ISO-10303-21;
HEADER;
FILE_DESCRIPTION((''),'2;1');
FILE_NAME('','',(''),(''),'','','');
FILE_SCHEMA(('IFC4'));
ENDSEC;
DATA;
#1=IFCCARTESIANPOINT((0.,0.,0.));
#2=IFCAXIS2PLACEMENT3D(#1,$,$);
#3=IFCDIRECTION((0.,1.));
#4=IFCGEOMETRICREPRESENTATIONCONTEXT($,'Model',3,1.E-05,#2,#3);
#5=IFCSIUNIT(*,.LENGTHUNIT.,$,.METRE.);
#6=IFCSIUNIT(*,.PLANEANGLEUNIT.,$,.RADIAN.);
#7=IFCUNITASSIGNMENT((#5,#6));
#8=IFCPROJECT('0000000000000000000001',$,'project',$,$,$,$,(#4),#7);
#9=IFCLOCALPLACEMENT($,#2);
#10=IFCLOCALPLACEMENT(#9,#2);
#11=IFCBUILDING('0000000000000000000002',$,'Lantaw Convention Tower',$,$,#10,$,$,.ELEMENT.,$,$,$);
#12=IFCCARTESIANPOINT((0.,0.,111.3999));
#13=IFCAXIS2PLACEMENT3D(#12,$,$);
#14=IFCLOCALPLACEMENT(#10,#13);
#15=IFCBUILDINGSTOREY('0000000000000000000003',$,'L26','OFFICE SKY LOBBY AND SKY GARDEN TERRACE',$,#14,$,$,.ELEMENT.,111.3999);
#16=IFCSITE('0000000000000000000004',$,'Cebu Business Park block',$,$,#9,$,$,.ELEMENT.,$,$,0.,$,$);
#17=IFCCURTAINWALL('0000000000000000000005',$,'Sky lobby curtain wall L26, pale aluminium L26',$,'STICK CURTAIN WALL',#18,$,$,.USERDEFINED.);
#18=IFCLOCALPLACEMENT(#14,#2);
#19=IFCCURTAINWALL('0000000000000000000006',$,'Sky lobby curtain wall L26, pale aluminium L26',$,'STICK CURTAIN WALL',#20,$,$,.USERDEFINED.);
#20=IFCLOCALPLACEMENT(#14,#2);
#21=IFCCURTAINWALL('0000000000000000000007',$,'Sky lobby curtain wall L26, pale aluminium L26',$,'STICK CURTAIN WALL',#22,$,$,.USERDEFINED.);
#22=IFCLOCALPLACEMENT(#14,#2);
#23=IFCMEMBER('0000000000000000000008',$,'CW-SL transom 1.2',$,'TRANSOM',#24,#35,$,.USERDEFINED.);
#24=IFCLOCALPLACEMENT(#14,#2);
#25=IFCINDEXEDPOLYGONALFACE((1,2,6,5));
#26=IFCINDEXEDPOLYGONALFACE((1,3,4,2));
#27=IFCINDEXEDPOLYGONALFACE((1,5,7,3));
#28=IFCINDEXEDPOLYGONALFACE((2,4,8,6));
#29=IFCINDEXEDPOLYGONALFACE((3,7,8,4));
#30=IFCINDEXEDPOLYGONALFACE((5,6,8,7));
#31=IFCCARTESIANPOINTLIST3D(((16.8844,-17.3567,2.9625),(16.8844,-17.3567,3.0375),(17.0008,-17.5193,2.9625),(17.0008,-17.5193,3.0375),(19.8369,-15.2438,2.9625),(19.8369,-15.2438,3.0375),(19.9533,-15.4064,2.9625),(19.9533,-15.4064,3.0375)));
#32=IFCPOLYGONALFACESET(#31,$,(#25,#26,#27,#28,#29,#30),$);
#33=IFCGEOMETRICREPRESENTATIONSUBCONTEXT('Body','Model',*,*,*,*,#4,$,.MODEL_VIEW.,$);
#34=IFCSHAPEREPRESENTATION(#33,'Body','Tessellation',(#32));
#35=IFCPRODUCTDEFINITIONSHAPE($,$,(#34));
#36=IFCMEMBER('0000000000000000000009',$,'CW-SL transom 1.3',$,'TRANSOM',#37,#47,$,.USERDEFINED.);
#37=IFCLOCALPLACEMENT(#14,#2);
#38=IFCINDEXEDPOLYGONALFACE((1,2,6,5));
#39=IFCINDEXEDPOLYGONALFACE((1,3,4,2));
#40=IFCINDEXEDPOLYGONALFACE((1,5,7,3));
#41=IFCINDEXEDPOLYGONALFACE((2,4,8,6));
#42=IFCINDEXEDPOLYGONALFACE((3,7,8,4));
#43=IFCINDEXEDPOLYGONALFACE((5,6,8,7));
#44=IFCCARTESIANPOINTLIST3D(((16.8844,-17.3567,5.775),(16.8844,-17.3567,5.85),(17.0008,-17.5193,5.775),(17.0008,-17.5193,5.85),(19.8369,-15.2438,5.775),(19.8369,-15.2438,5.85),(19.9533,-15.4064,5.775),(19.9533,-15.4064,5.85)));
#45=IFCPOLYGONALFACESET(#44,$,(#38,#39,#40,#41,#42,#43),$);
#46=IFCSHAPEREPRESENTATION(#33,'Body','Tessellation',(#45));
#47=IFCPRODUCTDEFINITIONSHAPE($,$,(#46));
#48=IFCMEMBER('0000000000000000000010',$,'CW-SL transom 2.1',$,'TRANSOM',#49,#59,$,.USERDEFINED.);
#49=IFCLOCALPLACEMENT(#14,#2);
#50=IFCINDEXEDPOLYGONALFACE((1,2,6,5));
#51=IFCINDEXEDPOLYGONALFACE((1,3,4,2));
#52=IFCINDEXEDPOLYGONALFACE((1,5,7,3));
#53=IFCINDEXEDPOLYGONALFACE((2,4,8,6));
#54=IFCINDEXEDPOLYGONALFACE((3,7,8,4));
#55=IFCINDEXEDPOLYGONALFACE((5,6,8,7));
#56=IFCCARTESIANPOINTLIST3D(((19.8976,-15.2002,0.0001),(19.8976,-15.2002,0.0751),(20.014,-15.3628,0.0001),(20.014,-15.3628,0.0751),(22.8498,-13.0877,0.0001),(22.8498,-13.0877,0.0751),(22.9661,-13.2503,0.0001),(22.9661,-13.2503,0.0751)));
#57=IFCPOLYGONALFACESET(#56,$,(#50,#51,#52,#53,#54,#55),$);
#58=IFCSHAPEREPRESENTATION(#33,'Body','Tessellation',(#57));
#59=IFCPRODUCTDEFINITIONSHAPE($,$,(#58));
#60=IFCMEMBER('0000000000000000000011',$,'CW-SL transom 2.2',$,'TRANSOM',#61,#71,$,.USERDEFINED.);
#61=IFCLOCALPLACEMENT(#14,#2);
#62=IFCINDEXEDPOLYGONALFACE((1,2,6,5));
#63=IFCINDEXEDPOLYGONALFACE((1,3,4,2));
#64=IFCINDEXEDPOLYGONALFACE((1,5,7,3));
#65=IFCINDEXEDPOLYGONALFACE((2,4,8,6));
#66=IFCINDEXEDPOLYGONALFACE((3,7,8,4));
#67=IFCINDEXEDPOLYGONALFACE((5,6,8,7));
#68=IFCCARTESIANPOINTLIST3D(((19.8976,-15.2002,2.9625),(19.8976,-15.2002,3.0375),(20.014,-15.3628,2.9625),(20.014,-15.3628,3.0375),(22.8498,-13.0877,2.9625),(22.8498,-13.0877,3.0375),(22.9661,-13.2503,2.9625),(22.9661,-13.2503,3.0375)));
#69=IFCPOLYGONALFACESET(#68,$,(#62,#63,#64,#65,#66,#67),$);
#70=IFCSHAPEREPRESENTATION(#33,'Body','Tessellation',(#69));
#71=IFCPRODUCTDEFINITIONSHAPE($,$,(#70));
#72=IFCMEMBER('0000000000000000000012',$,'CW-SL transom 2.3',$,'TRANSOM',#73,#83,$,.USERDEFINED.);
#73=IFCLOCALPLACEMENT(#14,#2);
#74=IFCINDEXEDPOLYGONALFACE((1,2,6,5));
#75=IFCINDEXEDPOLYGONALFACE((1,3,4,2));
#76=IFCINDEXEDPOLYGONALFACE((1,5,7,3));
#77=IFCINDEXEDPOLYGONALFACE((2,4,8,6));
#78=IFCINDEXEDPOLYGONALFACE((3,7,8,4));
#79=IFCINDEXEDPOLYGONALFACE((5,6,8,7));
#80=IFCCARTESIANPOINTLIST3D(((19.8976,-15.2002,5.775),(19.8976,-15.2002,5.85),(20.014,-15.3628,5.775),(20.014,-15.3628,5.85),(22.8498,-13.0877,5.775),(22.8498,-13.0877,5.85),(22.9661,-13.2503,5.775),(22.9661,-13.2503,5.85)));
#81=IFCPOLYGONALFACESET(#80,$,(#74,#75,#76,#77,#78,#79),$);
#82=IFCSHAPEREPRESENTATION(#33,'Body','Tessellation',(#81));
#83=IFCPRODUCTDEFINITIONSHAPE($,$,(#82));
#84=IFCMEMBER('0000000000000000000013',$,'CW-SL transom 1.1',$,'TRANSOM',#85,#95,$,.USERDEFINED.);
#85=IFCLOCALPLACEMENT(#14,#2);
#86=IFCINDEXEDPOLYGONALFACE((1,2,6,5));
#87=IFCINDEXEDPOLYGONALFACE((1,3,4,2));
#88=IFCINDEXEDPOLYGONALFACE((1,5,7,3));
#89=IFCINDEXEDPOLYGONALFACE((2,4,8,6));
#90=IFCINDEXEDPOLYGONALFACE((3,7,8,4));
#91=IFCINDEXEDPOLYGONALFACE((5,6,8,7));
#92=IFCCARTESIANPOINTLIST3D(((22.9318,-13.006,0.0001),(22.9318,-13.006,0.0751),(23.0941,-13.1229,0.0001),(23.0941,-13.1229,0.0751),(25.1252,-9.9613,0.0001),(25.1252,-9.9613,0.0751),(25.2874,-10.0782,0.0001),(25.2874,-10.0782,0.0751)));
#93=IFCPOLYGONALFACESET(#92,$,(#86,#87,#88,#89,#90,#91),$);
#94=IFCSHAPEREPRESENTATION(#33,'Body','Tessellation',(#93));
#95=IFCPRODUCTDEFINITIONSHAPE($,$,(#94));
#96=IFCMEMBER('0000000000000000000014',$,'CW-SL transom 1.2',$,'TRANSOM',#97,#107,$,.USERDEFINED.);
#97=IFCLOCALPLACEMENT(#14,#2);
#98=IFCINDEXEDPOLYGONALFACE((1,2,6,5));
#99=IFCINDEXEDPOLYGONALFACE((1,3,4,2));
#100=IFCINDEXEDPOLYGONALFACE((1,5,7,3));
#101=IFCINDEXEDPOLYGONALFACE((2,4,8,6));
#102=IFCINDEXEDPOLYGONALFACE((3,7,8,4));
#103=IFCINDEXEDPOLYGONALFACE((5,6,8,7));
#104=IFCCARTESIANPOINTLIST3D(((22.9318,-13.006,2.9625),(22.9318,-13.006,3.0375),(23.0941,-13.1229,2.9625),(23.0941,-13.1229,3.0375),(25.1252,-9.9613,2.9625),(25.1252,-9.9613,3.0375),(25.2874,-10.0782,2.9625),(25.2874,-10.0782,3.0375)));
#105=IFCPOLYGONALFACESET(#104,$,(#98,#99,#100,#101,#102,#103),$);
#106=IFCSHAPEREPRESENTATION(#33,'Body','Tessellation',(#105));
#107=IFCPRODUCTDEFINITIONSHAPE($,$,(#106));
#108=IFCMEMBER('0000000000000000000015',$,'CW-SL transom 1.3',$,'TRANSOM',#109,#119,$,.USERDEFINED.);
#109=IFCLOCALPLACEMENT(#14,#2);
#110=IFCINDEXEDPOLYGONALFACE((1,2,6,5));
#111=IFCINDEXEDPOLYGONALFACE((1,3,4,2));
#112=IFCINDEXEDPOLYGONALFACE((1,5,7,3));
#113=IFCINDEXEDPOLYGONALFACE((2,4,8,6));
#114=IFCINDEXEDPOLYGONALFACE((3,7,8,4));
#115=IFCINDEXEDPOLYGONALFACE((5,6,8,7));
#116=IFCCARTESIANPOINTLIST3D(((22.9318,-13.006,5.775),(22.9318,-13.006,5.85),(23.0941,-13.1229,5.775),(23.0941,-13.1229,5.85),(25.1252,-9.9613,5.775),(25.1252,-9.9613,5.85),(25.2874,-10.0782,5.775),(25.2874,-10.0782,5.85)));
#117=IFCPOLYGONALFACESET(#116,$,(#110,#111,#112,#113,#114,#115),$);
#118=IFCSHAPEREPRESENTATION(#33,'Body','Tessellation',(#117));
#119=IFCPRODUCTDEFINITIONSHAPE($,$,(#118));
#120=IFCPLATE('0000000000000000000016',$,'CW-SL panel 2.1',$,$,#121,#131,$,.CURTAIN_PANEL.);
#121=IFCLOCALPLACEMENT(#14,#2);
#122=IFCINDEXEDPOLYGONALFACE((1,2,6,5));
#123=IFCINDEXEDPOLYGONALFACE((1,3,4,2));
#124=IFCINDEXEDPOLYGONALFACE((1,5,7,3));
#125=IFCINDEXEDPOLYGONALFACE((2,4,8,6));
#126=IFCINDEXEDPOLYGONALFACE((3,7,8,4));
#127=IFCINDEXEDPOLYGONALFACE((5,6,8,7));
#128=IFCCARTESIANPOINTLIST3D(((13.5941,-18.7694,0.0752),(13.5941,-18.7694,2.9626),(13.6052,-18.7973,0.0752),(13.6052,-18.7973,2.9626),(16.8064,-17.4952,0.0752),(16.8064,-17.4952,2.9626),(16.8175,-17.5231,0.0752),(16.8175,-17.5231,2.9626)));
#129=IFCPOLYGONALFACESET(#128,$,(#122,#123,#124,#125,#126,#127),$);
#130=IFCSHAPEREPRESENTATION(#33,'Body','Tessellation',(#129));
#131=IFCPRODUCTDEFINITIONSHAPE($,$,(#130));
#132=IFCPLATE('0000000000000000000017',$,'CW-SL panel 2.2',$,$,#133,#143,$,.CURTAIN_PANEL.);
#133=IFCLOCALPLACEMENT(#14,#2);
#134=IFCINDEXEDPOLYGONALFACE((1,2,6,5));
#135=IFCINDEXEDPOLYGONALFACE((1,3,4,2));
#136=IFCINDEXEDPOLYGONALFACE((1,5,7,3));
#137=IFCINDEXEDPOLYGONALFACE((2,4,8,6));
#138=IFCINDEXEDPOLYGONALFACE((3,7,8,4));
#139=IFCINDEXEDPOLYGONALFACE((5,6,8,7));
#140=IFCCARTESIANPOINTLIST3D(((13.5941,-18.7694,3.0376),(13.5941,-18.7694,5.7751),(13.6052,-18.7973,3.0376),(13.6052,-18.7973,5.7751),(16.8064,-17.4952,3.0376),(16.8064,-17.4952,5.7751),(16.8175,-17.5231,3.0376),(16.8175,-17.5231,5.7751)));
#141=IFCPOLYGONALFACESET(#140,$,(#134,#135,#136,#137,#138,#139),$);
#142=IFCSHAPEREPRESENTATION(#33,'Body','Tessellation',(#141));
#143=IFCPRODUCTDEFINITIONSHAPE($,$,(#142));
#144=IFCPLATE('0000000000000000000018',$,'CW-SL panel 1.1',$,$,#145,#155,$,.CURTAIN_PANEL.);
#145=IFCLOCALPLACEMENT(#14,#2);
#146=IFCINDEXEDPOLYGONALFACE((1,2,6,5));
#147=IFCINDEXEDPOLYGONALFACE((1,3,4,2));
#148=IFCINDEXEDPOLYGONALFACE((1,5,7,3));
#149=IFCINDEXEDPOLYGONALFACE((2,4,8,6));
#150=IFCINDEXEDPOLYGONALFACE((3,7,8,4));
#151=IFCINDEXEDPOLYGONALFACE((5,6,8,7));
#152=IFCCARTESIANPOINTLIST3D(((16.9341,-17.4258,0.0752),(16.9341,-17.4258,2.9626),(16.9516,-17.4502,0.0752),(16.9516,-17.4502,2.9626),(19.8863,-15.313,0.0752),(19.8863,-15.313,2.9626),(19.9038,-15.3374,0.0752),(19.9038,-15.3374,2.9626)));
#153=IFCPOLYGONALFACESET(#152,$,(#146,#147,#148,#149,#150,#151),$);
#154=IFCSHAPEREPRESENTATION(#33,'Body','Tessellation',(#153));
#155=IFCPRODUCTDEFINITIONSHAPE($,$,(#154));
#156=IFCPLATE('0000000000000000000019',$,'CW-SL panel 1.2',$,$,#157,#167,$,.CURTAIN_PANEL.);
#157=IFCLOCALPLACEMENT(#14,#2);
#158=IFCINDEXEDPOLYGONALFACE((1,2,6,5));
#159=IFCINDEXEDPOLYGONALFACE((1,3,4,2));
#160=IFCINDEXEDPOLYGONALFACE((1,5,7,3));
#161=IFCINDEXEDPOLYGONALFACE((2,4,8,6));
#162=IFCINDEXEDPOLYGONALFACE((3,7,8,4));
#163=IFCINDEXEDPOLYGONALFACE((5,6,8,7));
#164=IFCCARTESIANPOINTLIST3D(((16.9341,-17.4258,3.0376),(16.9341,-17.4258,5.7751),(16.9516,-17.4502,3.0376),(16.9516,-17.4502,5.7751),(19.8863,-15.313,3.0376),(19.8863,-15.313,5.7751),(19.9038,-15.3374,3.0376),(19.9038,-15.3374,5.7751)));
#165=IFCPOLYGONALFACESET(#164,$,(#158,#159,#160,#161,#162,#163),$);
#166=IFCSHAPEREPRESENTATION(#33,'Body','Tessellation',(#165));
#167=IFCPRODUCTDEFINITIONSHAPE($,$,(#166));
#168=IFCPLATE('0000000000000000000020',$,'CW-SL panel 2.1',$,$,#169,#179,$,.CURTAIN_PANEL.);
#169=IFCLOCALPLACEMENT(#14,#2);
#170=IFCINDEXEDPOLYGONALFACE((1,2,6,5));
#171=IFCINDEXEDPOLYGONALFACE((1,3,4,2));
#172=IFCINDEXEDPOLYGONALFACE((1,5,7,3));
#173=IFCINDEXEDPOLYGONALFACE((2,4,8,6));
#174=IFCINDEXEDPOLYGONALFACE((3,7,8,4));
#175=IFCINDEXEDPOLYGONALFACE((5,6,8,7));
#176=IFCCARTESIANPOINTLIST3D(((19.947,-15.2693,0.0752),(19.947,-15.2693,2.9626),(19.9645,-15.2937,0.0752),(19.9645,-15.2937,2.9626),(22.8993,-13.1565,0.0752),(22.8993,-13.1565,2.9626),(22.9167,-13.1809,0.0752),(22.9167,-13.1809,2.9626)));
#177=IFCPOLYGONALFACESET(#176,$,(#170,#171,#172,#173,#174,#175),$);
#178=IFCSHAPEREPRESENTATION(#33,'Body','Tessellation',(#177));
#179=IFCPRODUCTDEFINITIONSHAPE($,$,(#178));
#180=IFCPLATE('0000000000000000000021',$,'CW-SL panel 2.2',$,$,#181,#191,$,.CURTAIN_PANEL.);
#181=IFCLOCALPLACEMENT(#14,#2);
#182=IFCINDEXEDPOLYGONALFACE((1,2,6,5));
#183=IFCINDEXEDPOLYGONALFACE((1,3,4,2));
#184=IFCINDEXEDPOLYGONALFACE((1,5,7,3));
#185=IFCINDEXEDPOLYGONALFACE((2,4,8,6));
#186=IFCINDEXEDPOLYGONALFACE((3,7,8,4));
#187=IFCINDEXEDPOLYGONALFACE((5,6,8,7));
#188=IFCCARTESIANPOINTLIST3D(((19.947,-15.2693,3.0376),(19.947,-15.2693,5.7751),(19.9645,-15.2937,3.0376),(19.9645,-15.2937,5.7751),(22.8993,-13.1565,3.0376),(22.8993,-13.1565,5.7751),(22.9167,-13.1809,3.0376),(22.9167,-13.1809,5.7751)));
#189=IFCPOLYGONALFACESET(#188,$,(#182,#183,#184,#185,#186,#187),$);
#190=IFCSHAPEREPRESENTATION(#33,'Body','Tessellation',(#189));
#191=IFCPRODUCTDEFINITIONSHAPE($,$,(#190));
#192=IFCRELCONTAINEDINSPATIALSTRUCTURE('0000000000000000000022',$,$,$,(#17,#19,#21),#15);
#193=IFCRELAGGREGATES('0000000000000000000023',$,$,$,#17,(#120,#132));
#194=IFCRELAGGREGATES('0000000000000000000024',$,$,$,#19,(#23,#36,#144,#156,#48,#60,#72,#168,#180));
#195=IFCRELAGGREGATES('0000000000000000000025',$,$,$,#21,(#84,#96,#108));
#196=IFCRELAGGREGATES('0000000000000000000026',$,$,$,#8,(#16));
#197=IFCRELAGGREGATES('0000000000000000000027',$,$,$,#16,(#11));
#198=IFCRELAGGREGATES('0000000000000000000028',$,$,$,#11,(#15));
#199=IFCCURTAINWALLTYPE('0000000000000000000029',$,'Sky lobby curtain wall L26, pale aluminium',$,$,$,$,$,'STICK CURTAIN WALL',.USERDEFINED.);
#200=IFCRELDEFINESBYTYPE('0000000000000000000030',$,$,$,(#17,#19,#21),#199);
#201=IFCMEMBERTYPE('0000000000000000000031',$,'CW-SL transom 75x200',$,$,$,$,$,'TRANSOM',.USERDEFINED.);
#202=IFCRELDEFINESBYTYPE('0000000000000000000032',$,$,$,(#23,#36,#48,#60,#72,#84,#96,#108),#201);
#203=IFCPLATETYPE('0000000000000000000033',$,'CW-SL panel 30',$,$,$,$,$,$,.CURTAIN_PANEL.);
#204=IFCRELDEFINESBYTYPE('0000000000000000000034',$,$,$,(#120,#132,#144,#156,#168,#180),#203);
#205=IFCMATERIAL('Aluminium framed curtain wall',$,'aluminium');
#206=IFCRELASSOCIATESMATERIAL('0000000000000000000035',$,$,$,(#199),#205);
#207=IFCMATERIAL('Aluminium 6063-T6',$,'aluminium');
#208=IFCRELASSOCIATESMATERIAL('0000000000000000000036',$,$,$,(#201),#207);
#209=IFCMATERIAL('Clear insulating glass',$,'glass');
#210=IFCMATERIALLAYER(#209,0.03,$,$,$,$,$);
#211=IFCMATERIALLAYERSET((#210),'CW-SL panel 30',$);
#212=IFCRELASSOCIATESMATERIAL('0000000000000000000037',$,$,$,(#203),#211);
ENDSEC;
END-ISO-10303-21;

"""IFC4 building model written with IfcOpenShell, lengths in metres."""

from ifc_helpers import new_model, si_unit, direction, frame, origin, origin_2d, place, context, subcontext, project, spatial, rectangle, extrude, material, layer, layer_set, material_profile, profile_set, type_object, element, aggregate, save


model = new_model("IFC4")

# Units and contexts
model_context = context("Model", 3, precision=1e-05, world=origin(), true_north=direction((0.0, 1.0)))
body_context = subcontext(model_context, "Body", "Model", "MODEL_VIEW")
ifc_project = project(units=[si_unit("LENGTHUNIT", "METRE"), si_unit("PLANEANGLEUNIT", "RADIAN")], contexts=[model_context])

# Site, building, storey
site_placement = place(None, origin())
site = spatial("IfcSite", under=ifc_project, at=site_placement, Name="Cebu Business Park block", CompositionType="ELEMENT", RefElevation=0.0)
building_placement = place(site_placement, origin())
building = spatial("IfcBuilding", under=site, at=building_placement, Name="Lantaw Convention Tower", CompositionType="ELEMENT")
storey_placement = place(building_placement, frame((0.0, 0.0, 111.3999)))
storey = spatial("IfcBuildingStorey", under=building, at=storey_placement, Name="L26", Description="OFFICE SKY LOBBY AND SKY GARDEN TERRACE", CompositionType="ELEMENT", Elevation=111.3999)

# Curtain wall
ifc_material_1 = material(Name="Aluminium framed curtain wall", Category="aluminium")
curtain_wall_type = type_object("IfcCurtainWallType", Name="Sky lobby curtain wall L26, pale aluminium", ElementType="STICK CURTAIN WALL", PredefinedType="USERDEFINED", material=ifc_material_1)
curtain_wall_1_placement = place(storey_placement, origin())
curtain_wall_1 = element("IfcCurtainWall", 1, at=curtain_wall_1_placement, inside=storey, type_object=curtain_wall_type, Name="Sky lobby curtain wall L26, pale aluminium L26", ObjectType="STICK CURTAIN WALL", PredefinedType="USERDEFINED")
ifc_material_2 = material(Name="Aluminium 6063-T6", Category="aluminium")

# Curtain walls
curtain_wall_2_placement = place(storey_placement, origin())
curtain_wall_2 = element("IfcCurtainWall", 2, at=curtain_wall_2_placement, inside=storey, type_object=curtain_wall_type, Name="Sky lobby curtain wall L26, pale aluminium L26", ObjectType="STICK CURTAIN WALL", PredefinedType="USERDEFINED")
curtain_wall_3_placement = place(storey_placement, origin())
curtain_wall_3 = element("IfcCurtainWall", 3, at=curtain_wall_3_placement, inside=storey, type_object=curtain_wall_type, Name="Sky lobby curtain wall L26, pale aluminium L26", ObjectType="STICK CURTAIN WALL", PredefinedType="USERDEFINED")

# Members
ifc_material_profile_1 = material_profile(ifc_material_2, rectangle(XDim=0.2, YDim=0.075, at=origin_2d()), Name="CW-SL transom 75x200")
ifc_profile_set_1 = profile_set([ifc_material_profile_1], Name="Aluminium 6063-T6")
member_type_1 = type_object("IfcMemberType", Name="CW-SL transom 75x200", ElementType="TRANSOM", PredefinedType="USERDEFINED", material=ifc_profile_set_1)
member_1_placement = place(storey_placement, frame((16.9426, -17.438, 3.0), z_axis=(0.81322, 0.581957, 0.0), x_axis=(-0.581957, 0.81322, 0.0)))
member_1 = element("IfcMember", 4, at=member_1_placement, type_object=member_type_1, Name="CW-SL transom 1.2", ObjectType="TRANSOM", PredefinedType="USERDEFINED", context=body_context, shape_type="SweptSolid", body=[
    extrude(rectangle(XDim=0.2, YDim=0.075, at=origin_2d()), origin(), (0.0, 0.0, 1.0), 3.6306),
])
member_2_placement = place(storey_placement, frame((16.9426, -17.438, 5.8125), z_axis=(0.81322, 0.581957, 0.0), x_axis=(-0.581957, 0.81322, 0.0)))
member_2 = element("IfcMember", 5, at=member_2_placement, type_object=member_type_1, Name="CW-SL transom 1.3", ObjectType="TRANSOM", PredefinedType="USERDEFINED", context=body_context, shape_type="SweptSolid", body=[
    extrude(rectangle(XDim=0.2, YDim=0.075, at=origin_2d()), origin(), (0.0, 0.0, 1.0), 3.6306),
])
member_3_placement = place(storey_placement, frame((19.9558, -15.2815, 0.0376), z_axis=(0.813229, 0.581944, 0.0), x_axis=(-0.581944, 0.813229, 0.0)))
member_3 = element("IfcMember", 6, at=member_3_placement, type_object=member_type_1, Name="CW-SL transom 2.1", ObjectType="TRANSOM", PredefinedType="USERDEFINED", context=body_context, shape_type="SweptSolid", body=[
    extrude(rectangle(XDim=0.2, YDim=0.075, at=origin_2d()), origin(), (0.0, 0.0, 1.0), 3.6301),
])
member_4_placement = place(storey_placement, frame((19.9558, -15.2815, 3.0), z_axis=(0.813229, 0.581944, 0.0), x_axis=(-0.581944, 0.813229, 0.0)))
member_4 = element("IfcMember", 7, at=member_4_placement, type_object=member_type_1, Name="CW-SL transom 2.2", ObjectType="TRANSOM", PredefinedType="USERDEFINED", context=body_context, shape_type="SweptSolid", body=[
    extrude(rectangle(XDim=0.2, YDim=0.075, at=origin_2d()), origin(), (0.0, 0.0, 1.0), 3.6301),
])
member_5_placement = place(storey_placement, frame((19.9558, -15.2815, 5.8125), z_axis=(0.813229, 0.581944, 0.0), x_axis=(-0.581944, 0.813229, 0.0)))
member_5 = element("IfcMember", 8, at=member_5_placement, type_object=member_type_1, Name="CW-SL transom 2.3", ObjectType="TRANSOM", PredefinedType="USERDEFINED", context=body_context, shape_type="SweptSolid", body=[
    extrude(rectangle(XDim=0.2, YDim=0.075, at=origin_2d()), origin(), (0.0, 0.0, 1.0), 3.6301),
])
member_6_placement = place(storey_placement, frame((23.0129, -13.0645, 0.0376), z_axis=(0.584514, 0.811384, 0.0), x_axis=(-0.811384, 0.584514, 0.0)))
member_6 = element("IfcMember", 9, at=member_6_placement, type_object=member_type_1, Name="CW-SL transom 1.1", ObjectType="TRANSOM", PredefinedType="USERDEFINED", context=body_context, shape_type="SweptSolid", body=[
    extrude(rectangle(XDim=0.2, YDim=0.075, at=origin_2d()), origin(), (0.0, 0.0, 1.0), 3.7524),
])
member_7_placement = place(storey_placement, frame((23.0129, -13.0645, 3.0), z_axis=(0.584514, 0.811384, 0.0), x_axis=(-0.811384, 0.584514, 0.0)))
member_7 = element("IfcMember", 10, at=member_7_placement, type_object=member_type_1, Name="CW-SL transom 1.2", ObjectType="TRANSOM", PredefinedType="USERDEFINED", context=body_context, shape_type="SweptSolid", body=[
    extrude(rectangle(XDim=0.2, YDim=0.075, at=origin_2d()), origin(), (0.0, 0.0, 1.0), 3.7524),
])
member_8_placement = place(storey_placement, frame((23.0129, -13.0645, 5.8125), z_axis=(0.584514, 0.811384, 0.0), x_axis=(-0.811384, 0.584514, 0.0)))
member_8 = element("IfcMember", 11, at=member_8_placement, type_object=member_type_1, Name="CW-SL transom 1.3", ObjectType="TRANSOM", PredefinedType="USERDEFINED", context=body_context, shape_type="SweptSolid", body=[
    extrude(rectangle(XDim=0.2, YDim=0.075, at=origin_2d()), origin(), (0.0, 0.0, 1.0), 3.7524),
])

# Plates
ifc_material_3 = material(Name="Clear insulating glass", Category="glass")
ifc_layer_1 = layer(ifc_material_3, 0.03)
ifc_layer_set_1 = layer_set([ifc_layer_1], Name="CW-SL panel 30")
plate_type_1 = type_object("IfcPlateType", Name="CW-SL panel 30", PredefinedType="CURTAIN_PANEL", material=ifc_layer_set_1)
plate_1_placement = place(storey_placement, frame((15.2058, -18.1462, 0.0752), z_axis=(0.0, 0.0, 1.0), x_axis=(0.929548, 0.368702, 0.0)))
plate_1 = element("IfcPlate", 12, at=plate_1_placement, type_object=plate_type_1, Name="CW-SL panel 2.1", PredefinedType="CURTAIN_PANEL", context=body_context, shape_type="SweptSolid", body=[
    extrude(rectangle(XDim=3.4558, YDim=0.03, at=origin_2d()), origin(), (0.0, 0.0, 1.0), 2.8875),
])
plate_2_placement = place(storey_placement, frame((15.2058, -18.1462, 3.0376), z_axis=(0.0, 0.0, 1.0), x_axis=(0.929548, 0.368702, 0.0)))
plate_2 = element("IfcPlate", 13, at=plate_2_placement, type_object=plate_type_1, Name="CW-SL panel 2.2", PredefinedType="CURTAIN_PANEL", context=body_context, shape_type="SweptSolid", body=[
    extrude(rectangle(XDim=3.4558, YDim=0.03, at=origin_2d()), origin(), (0.0, 0.0, 1.0), 2.7375),
])
aggregate(curtain_wall_1, [plate_1, plate_2])
plate_3_placement = place(storey_placement, frame((18.4189, -16.3816, 0.0752), z_axis=(0.0, 0.0, 1.0), x_axis=(0.813208, 0.581973, 0.0)))
plate_3 = element("IfcPlate", 14, at=plate_3_placement, type_object=plate_type_1, Name="CW-SL panel 1.1", PredefinedType="CURTAIN_PANEL", context=body_context, shape_type="SweptSolid", body=[
    extrude(rectangle(XDim=3.6304, YDim=0.03, at=origin_2d()), origin(), (0.0, 0.0, 1.0), 2.8875),
])
plate_4_placement = place(storey_placement, frame((18.4189, -16.3816, 3.0376), z_axis=(0.0, 0.0, 1.0), x_axis=(0.813208, 0.581973, 0.0)))
plate_4 = element("IfcPlate", 15, at=plate_4_placement, type_object=plate_type_1, Name="CW-SL panel 1.2", PredefinedType="CURTAIN_PANEL", context=body_context, shape_type="SweptSolid", body=[
    extrude(rectangle(XDim=3.6304, YDim=0.03, at=origin_2d()), origin(), (0.0, 0.0, 1.0), 2.7375),
])
plate_5_placement = place(storey_placement, frame((21.4319, -14.2251, 0.0752), z_axis=(0.0, 0.0, 1.0), x_axis=(0.813208, 0.581973, 0.0)))
plate_5 = element("IfcPlate", 16, at=plate_5_placement, type_object=plate_type_1, Name="CW-SL panel 2.1", PredefinedType="CURTAIN_PANEL", context=body_context, shape_type="SweptSolid", body=[
    extrude(rectangle(XDim=3.6304, YDim=0.03, at=origin_2d()), origin(), (0.0, 0.0, 1.0), 2.8875),
])
plate_6_placement = place(storey_placement, frame((21.4319, -14.2251, 3.0376), z_axis=(0.0, 0.0, 1.0), x_axis=(0.813208, 0.581973, 0.0)))
plate_6 = element("IfcPlate", 17, at=plate_6_placement, type_object=plate_type_1, Name="CW-SL panel 2.2", PredefinedType="CURTAIN_PANEL", context=body_context, shape_type="SweptSolid", body=[
    extrude(rectangle(XDim=3.6304, YDim=0.03, at=origin_2d()), origin(), (0.0, 0.0, 1.0), 2.7375),
])
aggregate(curtain_wall_2, [member_1, member_2, plate_3, plate_4, member_3, member_4, member_5, plate_5, plate_6])
aggregate(curtain_wall_3, [member_6, member_7, member_8])

save(model, "model.ifc")
